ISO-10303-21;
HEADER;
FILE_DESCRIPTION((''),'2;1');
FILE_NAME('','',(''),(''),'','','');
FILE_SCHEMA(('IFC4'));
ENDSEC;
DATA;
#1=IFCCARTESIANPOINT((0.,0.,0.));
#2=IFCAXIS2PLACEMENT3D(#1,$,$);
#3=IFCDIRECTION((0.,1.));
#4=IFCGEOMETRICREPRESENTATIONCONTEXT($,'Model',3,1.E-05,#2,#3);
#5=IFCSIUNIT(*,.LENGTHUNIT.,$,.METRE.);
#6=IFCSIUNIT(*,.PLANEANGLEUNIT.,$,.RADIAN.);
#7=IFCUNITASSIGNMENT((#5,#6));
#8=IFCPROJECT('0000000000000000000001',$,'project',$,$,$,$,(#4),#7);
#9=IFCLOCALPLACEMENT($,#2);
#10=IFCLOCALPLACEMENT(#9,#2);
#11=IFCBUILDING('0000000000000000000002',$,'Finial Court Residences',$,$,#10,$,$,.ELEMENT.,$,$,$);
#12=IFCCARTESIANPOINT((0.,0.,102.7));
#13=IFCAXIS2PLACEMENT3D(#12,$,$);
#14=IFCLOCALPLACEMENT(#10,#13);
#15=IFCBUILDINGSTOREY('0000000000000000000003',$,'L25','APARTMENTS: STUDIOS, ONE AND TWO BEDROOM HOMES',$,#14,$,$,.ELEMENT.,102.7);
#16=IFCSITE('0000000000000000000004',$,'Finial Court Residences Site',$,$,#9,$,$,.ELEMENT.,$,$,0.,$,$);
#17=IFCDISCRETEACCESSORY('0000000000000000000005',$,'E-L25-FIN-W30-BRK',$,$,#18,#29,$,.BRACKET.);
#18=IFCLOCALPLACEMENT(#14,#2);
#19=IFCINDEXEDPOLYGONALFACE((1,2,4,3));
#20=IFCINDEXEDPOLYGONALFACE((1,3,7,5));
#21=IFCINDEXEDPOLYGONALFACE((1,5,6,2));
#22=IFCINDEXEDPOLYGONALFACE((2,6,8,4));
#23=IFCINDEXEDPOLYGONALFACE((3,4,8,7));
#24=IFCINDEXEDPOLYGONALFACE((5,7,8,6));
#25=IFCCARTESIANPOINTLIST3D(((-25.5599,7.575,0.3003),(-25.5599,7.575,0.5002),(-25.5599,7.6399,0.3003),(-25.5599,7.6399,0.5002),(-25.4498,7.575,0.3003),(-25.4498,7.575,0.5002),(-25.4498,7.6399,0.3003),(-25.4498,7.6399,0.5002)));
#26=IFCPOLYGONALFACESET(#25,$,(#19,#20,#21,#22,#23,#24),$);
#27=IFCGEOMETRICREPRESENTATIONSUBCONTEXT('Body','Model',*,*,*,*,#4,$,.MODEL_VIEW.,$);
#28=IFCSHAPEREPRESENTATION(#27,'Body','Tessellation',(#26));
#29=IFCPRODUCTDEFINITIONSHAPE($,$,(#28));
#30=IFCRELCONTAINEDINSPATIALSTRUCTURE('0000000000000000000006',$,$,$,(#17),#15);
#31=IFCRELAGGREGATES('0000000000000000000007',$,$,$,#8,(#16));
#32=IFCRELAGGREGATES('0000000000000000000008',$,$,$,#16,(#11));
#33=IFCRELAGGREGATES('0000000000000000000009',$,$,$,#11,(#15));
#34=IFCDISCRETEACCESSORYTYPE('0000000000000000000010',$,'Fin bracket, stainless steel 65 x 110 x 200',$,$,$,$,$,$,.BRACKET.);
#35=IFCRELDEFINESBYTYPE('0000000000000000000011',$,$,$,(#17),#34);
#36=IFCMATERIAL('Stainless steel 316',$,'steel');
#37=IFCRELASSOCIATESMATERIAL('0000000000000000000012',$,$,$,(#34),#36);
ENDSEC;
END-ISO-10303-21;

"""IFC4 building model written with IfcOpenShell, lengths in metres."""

from ifc_helpers import new_model, si_unit, direction, frame, origin, origin_2d, place, context, subcontext, project, spatial, rectangle, extrude, material, type_object, element, save


model = new_model("IFC4")

# Units and contexts
model_context = context("Model", 3, precision=1e-05, world=origin(), true_north=direction((0.0, 1.0)))
body_context = subcontext(model_context, "Body", "Model", "MODEL_VIEW")
ifc_project = project(units=[si_unit("LENGTHUNIT", "METRE"), si_unit("PLANEANGLEUNIT", "RADIAN")], contexts=[model_context])

# Site, building, storey
site_placement = place(None, origin())
site = spatial("IfcSite", under=ifc_project, at=site_placement, Name="Finial Court Residences Site", CompositionType="ELEMENT", RefElevation=0.0)
building_placement = place(site_placement, origin())
building = spatial("IfcBuilding", under=site, at=building_placement, Name="Finial Court Residences", CompositionType="ELEMENT")
storey_placement = place(building_placement, frame((0.0, 0.0, 102.7)))
storey = spatial("IfcBuildingStorey", under=building, at=storey_placement, Name="L25", Description="APARTMENTS: STUDIOS, ONE AND TWO BEDROOM HOMES", CompositionType="ELEMENT", Elevation=102.7)

# Discrete accessory
ifc_material_1 = material(Name="Stainless steel 316", Category="steel")
discrete_accessory_type = type_object("IfcDiscreteAccessoryType", Name="Fin bracket, stainless steel 65 x 110 x 200", PredefinedType="BRACKET", material=ifc_material_1)
discrete_accessory_placement = place(storey_placement, frame((-25.5049, 7.6074, 0.3003), z_axis=(0.0, 0.0, 1.0), x_axis=(1.0, 0.0, 0.0)))
element("IfcDiscreteAccessory", 1, at=discrete_accessory_placement, inside=storey, type_object=discrete_accessory_type, Name="E-L25-FIN-W30-BRK", PredefinedType="BRACKET", context=body_context, shape_type="SweptSolid", body=[
    extrude(rectangle(XDim=0.1101, YDim=0.0649, at=origin_2d()), origin(), (0.0, 0.0, 1.0), 0.2),
])

save(model, "model.ifc")
